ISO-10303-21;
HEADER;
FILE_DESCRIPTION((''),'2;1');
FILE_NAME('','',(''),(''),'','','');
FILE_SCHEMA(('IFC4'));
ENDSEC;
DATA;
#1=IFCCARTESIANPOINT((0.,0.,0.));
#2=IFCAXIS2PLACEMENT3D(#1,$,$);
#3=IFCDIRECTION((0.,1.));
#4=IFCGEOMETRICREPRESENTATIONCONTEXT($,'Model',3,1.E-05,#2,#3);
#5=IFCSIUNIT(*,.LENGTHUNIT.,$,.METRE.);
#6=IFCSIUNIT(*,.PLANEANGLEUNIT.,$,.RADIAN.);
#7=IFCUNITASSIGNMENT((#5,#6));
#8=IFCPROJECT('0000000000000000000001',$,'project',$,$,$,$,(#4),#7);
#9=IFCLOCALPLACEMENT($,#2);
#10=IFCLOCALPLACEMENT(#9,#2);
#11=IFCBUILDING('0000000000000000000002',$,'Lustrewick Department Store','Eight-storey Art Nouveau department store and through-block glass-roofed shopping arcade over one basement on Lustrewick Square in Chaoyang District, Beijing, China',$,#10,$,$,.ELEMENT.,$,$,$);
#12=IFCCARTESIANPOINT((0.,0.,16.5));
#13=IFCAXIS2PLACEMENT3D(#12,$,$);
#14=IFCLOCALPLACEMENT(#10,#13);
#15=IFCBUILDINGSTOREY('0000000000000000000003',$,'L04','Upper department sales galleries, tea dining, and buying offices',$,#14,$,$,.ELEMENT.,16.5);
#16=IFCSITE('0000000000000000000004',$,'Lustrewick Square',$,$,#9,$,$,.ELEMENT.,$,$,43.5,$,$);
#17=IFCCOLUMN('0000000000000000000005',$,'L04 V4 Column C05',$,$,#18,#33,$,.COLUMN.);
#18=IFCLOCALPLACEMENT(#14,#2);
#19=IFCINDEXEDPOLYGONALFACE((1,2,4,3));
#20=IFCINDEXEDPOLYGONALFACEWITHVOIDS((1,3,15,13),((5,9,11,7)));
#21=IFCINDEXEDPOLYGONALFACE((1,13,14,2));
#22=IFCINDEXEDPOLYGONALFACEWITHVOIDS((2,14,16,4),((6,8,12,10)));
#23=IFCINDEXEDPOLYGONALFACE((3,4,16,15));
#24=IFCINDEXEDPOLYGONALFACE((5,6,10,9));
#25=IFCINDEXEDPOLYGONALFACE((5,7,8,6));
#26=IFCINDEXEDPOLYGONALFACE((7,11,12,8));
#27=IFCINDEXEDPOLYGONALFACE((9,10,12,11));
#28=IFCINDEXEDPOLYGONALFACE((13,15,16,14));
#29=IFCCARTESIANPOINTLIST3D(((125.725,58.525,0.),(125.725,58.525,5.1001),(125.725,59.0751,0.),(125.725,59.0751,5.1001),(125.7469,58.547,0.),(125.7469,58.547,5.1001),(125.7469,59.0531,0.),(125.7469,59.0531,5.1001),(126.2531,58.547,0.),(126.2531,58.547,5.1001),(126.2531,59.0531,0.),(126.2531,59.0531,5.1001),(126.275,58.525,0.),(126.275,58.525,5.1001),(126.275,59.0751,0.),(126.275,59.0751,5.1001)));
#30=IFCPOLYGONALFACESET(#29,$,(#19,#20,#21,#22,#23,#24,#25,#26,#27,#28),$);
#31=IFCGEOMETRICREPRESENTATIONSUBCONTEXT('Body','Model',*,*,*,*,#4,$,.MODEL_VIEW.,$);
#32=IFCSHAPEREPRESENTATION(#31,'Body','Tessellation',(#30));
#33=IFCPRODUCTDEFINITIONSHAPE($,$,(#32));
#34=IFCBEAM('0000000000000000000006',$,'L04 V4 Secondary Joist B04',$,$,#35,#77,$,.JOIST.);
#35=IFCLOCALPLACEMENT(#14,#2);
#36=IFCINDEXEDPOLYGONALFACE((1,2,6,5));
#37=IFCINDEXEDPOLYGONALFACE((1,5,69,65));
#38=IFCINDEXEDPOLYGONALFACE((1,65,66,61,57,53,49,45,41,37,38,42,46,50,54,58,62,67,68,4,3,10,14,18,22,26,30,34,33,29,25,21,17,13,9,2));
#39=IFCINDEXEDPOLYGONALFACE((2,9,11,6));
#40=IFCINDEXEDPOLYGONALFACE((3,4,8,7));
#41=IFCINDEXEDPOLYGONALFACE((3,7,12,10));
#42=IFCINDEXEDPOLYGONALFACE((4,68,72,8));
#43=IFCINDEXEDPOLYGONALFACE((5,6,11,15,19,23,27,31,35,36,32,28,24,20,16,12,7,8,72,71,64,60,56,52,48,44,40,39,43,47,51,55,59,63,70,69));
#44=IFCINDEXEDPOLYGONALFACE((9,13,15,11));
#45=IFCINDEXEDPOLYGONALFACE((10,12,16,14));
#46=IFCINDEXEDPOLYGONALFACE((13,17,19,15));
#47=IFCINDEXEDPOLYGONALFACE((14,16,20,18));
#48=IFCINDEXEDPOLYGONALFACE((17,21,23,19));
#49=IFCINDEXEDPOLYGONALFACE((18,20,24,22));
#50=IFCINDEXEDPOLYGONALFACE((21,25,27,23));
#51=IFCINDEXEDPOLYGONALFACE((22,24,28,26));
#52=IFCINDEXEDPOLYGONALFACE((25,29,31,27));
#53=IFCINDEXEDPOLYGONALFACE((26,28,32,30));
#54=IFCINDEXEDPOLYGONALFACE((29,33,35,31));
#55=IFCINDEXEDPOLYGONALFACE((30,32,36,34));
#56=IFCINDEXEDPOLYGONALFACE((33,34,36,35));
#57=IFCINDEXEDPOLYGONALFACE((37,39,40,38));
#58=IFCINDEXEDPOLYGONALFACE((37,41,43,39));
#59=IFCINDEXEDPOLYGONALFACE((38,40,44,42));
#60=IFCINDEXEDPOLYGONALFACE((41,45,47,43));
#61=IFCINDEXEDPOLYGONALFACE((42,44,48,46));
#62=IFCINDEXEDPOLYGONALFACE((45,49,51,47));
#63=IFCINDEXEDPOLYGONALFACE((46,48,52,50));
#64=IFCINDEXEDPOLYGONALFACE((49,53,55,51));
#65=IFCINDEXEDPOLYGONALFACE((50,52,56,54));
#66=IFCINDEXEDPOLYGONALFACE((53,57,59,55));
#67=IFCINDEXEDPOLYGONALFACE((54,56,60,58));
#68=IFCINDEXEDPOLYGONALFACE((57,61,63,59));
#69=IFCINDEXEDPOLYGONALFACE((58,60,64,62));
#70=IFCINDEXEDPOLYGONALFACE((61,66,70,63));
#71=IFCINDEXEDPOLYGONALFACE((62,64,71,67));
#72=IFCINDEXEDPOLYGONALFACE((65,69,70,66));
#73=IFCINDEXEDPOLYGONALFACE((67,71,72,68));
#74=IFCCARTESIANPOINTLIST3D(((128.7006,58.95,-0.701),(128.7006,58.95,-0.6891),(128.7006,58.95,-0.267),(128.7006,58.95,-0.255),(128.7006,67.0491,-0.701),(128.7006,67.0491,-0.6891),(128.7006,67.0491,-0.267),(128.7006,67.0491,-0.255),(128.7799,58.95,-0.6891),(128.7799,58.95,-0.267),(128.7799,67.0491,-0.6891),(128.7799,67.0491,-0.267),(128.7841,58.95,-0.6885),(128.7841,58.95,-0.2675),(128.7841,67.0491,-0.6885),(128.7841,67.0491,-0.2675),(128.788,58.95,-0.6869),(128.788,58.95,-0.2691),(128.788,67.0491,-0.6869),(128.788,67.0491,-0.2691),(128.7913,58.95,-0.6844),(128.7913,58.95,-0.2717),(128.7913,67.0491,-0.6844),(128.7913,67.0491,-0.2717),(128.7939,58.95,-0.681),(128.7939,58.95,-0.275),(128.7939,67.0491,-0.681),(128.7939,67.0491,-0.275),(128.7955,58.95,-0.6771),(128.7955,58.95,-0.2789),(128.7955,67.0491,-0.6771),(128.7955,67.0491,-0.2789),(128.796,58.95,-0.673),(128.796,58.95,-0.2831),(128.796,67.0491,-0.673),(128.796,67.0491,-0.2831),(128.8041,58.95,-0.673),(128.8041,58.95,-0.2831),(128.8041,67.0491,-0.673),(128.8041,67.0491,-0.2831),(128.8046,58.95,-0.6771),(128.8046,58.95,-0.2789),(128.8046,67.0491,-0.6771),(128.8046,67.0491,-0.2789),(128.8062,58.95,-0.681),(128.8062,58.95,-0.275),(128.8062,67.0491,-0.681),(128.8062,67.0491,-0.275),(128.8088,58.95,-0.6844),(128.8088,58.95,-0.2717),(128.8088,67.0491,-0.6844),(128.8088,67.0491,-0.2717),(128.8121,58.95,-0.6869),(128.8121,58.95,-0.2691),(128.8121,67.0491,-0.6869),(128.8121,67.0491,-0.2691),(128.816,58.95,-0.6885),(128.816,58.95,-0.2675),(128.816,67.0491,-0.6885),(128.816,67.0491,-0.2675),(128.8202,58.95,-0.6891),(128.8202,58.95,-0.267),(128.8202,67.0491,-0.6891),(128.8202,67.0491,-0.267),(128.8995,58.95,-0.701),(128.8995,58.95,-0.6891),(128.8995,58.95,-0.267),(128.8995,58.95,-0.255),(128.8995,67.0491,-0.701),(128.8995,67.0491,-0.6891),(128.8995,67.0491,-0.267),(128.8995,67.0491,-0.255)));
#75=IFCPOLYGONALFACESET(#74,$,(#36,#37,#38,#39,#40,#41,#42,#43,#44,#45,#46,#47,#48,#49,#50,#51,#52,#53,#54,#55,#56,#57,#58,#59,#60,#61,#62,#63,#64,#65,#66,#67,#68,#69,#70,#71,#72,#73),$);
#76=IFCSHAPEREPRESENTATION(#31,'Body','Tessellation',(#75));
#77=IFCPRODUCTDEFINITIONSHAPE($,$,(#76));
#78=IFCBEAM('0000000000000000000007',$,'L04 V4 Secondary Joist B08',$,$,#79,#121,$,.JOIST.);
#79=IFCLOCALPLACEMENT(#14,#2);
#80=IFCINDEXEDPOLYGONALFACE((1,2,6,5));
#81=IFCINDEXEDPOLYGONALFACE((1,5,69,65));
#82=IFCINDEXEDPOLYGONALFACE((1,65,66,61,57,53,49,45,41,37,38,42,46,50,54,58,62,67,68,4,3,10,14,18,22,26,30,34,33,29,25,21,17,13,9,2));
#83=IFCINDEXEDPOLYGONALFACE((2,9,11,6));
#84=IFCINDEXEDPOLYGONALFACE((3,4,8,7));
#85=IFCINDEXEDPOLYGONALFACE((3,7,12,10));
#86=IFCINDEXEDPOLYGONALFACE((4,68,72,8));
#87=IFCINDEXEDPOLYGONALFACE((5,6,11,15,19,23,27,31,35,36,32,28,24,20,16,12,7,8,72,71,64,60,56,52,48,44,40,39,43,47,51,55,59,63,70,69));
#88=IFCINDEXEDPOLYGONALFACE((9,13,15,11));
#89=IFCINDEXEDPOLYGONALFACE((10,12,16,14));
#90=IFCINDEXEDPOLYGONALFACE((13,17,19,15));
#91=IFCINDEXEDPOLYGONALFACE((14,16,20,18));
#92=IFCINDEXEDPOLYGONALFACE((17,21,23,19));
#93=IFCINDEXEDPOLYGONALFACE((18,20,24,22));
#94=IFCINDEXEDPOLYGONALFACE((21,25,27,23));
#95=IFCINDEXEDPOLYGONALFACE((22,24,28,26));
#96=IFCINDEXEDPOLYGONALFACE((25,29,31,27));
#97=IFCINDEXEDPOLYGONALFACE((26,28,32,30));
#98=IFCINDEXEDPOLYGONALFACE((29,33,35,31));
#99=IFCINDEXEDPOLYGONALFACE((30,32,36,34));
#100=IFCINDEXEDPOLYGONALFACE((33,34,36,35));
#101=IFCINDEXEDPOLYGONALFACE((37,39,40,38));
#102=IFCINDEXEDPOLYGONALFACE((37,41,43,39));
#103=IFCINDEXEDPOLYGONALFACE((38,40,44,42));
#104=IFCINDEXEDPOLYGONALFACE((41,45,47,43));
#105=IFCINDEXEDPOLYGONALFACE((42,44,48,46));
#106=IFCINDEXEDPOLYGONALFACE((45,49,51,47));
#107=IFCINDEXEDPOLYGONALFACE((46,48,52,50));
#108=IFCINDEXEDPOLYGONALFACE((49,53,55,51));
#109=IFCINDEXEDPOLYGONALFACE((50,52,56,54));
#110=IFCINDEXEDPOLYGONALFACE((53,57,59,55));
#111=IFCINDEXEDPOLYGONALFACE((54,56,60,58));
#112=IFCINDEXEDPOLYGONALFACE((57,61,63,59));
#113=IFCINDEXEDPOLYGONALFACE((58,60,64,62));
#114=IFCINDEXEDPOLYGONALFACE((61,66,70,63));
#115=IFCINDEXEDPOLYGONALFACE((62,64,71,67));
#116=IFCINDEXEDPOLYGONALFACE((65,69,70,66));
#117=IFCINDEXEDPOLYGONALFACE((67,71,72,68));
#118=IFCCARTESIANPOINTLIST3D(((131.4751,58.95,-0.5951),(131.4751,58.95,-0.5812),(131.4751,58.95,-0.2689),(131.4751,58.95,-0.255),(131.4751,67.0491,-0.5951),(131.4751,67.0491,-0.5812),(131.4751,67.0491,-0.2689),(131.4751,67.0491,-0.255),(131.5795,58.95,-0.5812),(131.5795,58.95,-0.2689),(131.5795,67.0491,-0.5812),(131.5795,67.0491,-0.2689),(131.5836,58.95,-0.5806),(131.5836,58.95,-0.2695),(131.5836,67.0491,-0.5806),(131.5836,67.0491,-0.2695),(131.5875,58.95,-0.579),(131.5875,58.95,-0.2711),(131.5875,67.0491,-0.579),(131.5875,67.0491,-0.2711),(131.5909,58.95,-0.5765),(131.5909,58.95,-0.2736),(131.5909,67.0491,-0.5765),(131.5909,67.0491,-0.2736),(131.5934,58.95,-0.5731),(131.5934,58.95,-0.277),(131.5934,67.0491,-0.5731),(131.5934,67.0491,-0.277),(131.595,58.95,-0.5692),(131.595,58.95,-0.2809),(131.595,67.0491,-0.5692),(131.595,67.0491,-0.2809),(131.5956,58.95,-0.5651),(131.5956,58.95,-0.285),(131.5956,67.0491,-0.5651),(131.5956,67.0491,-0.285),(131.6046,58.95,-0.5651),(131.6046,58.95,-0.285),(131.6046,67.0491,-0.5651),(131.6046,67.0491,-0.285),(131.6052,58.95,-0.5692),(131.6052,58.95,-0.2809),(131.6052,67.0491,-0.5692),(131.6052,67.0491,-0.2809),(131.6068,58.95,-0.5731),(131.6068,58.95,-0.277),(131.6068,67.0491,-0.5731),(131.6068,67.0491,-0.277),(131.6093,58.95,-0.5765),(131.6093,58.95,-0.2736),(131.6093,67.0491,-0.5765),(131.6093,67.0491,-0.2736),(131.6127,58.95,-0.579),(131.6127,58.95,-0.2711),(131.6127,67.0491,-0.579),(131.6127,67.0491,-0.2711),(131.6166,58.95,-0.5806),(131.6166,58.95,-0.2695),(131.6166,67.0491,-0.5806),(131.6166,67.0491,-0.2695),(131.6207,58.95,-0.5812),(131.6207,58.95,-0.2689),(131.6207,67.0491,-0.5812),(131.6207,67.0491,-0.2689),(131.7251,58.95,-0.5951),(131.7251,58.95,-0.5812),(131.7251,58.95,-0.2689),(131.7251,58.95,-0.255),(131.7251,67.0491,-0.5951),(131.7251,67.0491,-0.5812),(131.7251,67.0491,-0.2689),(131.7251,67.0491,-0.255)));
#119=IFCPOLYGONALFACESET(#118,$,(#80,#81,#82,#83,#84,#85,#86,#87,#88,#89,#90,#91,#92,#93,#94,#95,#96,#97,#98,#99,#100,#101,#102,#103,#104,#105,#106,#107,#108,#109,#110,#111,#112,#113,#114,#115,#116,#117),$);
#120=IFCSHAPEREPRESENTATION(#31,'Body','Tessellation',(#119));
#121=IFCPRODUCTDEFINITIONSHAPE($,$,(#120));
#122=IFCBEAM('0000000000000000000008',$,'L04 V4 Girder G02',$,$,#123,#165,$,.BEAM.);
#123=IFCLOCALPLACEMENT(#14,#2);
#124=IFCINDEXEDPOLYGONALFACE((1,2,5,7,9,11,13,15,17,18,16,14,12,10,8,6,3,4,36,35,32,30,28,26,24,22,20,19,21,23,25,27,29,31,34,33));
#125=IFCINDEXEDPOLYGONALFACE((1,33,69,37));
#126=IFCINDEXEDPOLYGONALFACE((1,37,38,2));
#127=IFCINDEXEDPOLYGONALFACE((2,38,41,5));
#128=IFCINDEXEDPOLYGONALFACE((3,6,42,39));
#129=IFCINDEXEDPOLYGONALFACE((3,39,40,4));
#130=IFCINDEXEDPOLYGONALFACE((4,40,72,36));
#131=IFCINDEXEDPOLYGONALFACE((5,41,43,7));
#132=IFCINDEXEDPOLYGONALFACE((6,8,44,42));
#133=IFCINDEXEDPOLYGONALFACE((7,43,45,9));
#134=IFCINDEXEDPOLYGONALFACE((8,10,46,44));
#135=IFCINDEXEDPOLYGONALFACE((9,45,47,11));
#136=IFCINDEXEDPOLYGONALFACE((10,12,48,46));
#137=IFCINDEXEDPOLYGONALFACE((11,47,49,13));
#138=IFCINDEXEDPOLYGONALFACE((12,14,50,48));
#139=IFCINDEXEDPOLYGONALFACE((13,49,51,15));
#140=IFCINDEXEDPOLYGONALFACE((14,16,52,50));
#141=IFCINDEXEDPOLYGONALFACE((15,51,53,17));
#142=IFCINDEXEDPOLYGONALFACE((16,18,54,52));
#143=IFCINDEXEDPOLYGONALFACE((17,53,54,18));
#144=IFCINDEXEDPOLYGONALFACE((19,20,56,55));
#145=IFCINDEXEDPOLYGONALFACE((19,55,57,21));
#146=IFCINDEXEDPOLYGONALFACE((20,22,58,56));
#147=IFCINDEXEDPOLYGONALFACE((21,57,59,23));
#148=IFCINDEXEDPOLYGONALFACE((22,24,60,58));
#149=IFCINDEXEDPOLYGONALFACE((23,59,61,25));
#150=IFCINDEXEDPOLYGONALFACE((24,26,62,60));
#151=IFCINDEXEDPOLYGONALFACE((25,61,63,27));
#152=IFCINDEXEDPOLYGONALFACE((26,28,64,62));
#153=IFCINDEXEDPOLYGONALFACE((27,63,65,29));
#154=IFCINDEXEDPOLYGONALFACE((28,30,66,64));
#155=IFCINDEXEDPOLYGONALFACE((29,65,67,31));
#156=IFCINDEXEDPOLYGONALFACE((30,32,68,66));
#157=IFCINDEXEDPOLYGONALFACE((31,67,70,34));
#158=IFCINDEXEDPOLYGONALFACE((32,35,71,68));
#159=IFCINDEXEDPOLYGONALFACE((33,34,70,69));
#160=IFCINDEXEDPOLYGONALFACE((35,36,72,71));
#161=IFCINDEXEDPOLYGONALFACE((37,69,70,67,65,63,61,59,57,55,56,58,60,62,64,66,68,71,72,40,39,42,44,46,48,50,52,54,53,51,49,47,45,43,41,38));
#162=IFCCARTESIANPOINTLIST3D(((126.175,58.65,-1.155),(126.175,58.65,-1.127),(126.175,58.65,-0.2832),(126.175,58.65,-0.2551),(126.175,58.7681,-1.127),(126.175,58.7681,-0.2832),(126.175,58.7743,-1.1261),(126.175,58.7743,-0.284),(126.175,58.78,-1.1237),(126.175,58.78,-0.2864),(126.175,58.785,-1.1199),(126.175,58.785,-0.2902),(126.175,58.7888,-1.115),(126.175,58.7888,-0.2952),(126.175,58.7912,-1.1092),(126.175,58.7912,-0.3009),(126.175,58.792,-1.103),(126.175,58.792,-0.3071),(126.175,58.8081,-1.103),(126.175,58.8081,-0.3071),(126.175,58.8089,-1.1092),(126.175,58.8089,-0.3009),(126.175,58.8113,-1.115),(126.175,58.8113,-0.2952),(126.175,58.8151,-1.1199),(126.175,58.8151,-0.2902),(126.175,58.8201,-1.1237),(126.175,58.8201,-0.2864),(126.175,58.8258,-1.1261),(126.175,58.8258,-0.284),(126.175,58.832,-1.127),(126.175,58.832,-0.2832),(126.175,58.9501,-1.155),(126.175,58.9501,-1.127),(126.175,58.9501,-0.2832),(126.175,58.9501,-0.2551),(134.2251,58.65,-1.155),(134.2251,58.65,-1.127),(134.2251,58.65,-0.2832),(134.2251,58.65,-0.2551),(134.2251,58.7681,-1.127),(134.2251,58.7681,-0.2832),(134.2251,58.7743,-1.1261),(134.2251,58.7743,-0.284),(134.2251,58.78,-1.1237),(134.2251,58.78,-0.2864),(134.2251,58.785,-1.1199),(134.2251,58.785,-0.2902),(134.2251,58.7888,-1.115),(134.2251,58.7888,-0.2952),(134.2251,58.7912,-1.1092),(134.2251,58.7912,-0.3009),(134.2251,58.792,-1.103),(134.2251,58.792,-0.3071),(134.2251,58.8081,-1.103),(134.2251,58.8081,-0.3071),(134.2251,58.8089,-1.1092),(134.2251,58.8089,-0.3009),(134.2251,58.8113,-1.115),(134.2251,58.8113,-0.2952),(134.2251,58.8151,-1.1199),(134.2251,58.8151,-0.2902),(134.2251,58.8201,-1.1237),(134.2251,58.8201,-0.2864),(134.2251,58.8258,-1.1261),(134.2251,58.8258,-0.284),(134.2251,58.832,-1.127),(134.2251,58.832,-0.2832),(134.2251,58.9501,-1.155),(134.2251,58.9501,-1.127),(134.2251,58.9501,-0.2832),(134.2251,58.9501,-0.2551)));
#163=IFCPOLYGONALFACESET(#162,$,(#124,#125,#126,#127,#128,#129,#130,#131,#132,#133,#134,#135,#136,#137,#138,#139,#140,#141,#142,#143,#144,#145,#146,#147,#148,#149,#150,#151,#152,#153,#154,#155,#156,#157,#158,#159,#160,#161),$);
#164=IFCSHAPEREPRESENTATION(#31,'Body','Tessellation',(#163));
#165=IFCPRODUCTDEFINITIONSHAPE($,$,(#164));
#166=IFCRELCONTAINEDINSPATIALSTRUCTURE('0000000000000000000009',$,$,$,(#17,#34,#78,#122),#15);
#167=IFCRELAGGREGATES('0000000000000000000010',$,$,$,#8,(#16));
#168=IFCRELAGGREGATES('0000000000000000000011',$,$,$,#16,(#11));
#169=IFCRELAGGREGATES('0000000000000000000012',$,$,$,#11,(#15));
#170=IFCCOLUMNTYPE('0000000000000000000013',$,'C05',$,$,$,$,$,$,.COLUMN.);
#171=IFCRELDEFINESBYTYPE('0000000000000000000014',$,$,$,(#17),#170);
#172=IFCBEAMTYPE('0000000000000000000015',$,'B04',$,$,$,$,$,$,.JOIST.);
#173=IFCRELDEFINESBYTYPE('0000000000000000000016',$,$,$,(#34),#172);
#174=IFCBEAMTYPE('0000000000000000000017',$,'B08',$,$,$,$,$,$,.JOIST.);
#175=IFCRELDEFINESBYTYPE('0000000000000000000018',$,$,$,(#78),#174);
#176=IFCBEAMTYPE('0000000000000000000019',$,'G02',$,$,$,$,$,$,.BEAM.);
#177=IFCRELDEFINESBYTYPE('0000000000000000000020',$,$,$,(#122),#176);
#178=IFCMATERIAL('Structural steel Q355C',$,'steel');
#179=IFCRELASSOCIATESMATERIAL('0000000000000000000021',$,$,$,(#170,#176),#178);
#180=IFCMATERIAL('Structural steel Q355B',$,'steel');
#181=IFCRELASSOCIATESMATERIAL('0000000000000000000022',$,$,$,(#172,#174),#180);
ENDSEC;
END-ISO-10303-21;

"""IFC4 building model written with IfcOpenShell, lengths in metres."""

from ifc_helpers import new_model, si_unit, direction, frame, origin, origin_2d, place, context, subcontext, project, spatial, hollow_rectangle, i_section, extrude, material, material_profile, profile_set, type_object, element, save


model = new_model("IFC4")

# Units and contexts
model_context = context("Model", 3, precision=1e-05, world=origin(), true_north=direction((0.0, 1.0)))
body_context = subcontext(model_context, "Body", "Model", "MODEL_VIEW")
ifc_project = project(units=[si_unit("LENGTHUNIT", "METRE"), si_unit("PLANEANGLEUNIT", "RADIAN")], contexts=[model_context])

# Site, building, storey
site_placement = place(None, origin())
site = spatial("IfcSite", under=ifc_project, at=site_placement, Name="Lustrewick Square", CompositionType="ELEMENT", RefElevation=43.5)
building_placement = place(site_placement, origin())
building = spatial("IfcBuilding", under=site, at=building_placement, Name="Lustrewick Department Store", Description="Eight-storey Art Nouveau department store and through-block glass-roofed shopping arcade over one basement on Lustrewick Square in Chaoyang District, Beijing, China", CompositionType="ELEMENT")
storey_placement = place(building_placement, frame((0.0, 0.0, 16.5)))
storey = spatial("IfcBuildingStorey", under=building, at=storey_placement, Name="L04", Description="Upper department sales galleries, tea dining, and buying offices", CompositionType="ELEMENT", Elevation=16.5)

# Column
ifc_material_1 = material(Name="Structural steel Q355C", Category="steel")
ifc_material_profile_1 = material_profile(ifc_material_1, hollow_rectangle(XDim=0.55, YDim=0.55, WallThickness=0.022, at=origin_2d()), Name="BOX 550x550x22")
ifc_profile_set_1 = profile_set([ifc_material_profile_1], Name="Structural steel Q355C")
column_type = type_object("IfcColumnType", Name="C05", PredefinedType="COLUMN", material=ifc_profile_set_1)
column_placement = place(storey_placement, frame((126.0, 58.8, 0.0), z_axis=(0.0, 0.0, 1.0), x_axis=(1.0, 0.0, 0.0)))
element("IfcColumn", 1, at=column_placement, inside=storey, type_object=column_type, Name="L04 V4 Column C05", PredefinedType="COLUMN", context=body_context, shape_type="SweptSolid", body=[
    extrude(hollow_rectangle(XDim=0.55, YDim=0.55, WallThickness=0.022, at=origin_2d()), origin(), (0.0, 0.0, 1.0), 5.1001),
])

# Beams
ifc_material_2 = material(Name="Structural steel Q355B", Category="steel")
ifc_material_profile_2 = material_profile(ifc_material_2, i_section(OverallWidth=0.199, OverallDepth=0.446, WebThickness=0.0081, FlangeThickness=0.012, FilletRadius=0.0161, at=origin_2d()), Name="HN 446x199x8x12")
ifc_profile_set_2 = profile_set([ifc_material_profile_2], Name="Structural steel Q355B")
beam_type_1 = type_object("IfcBeamType", Name="B04", PredefinedType="JOIST", material=ifc_profile_set_2)
beam_1_placement = place(storey_placement, frame((128.8, 58.95, -0.478), z_axis=(0.0, 1.0, 0.0), x_axis=(-1.0, 0.0, 0.0)))
element("IfcBeam", 2, at=beam_1_placement, inside=storey, type_object=beam_type_1, Name="L04 V4 Secondary Joist B04", PredefinedType="JOIST", context=body_context, shape_type="SweptSolid", body=[
    extrude(i_section(OverallWidth=0.199, OverallDepth=0.446, WebThickness=0.0081, FlangeThickness=0.012, FilletRadius=0.0161, at=origin_2d()), origin(), (0.0, 0.0, 1.0), 8.0991),
])
ifc_material_profile_3 = material_profile(ifc_material_2, i_section(OverallWidth=0.25, OverallDepth=0.3401, WebThickness=0.009, FlangeThickness=0.0139, FilletRadius=0.0161, at=origin_2d()), Name="HM 340x250x9x14")
ifc_profile_set_3 = profile_set([ifc_material_profile_3], Name="Structural steel Q355B")
beam_type_2 = type_object("IfcBeamType", Name="B08", PredefinedType="JOIST", material=ifc_profile_set_3)
beam_2_placement = place(storey_placement, frame((131.6001, 58.95, -0.425), z_axis=(0.0, 1.0, 0.0), x_axis=(-1.0, 0.0, 0.0)))
element("IfcBeam", 3, at=beam_2_placement, inside=storey, type_object=beam_type_2, Name="L04 V4 Secondary Joist B08", PredefinedType="JOIST", context=body_context, shape_type="SweptSolid", body=[
    extrude(i_section(OverallWidth=0.25, OverallDepth=0.3401, WebThickness=0.009, FlangeThickness=0.0139, FilletRadius=0.0161, at=origin_2d()), origin(), (0.0, 0.0, 1.0), 8.0991),
])
ifc_material_profile_4 = material_profile(ifc_material_1, i_section(OverallWidth=0.3, OverallDepth=0.8999, WebThickness=0.0161, FlangeThickness=0.0281, FilletRadius=0.0239, at=origin_2d()), Name="HN 900x300x16x28")
ifc_profile_set_4 = profile_set([ifc_material_profile_4], Name="Structural steel Q355C")
beam_type_3 = type_object("IfcBeamType", Name="G02", PredefinedType="BEAM", material=ifc_profile_set_4)
beam_3_placement = place(storey_placement, frame((126.175, 58.8, -0.7051), z_axis=(1.0, 0.0, 0.0), x_axis=(0.0, 1.0, 0.0)))
element("IfcBeam", 4, at=beam_3_placement, inside=storey, type_object=beam_type_3, Name="L04 V4 Girder G02", PredefinedType="BEAM", context=body_context, shape_type="SweptSolid", body=[
    extrude(i_section(OverallWidth=0.3, OverallDepth=0.8999, WebThickness=0.0161, FlangeThickness=0.0281, FilletRadius=0.0239, at=origin_2d()), origin(), (0.0, 0.0, 1.0), 8.05),
])

save(model, "model.ifc")
